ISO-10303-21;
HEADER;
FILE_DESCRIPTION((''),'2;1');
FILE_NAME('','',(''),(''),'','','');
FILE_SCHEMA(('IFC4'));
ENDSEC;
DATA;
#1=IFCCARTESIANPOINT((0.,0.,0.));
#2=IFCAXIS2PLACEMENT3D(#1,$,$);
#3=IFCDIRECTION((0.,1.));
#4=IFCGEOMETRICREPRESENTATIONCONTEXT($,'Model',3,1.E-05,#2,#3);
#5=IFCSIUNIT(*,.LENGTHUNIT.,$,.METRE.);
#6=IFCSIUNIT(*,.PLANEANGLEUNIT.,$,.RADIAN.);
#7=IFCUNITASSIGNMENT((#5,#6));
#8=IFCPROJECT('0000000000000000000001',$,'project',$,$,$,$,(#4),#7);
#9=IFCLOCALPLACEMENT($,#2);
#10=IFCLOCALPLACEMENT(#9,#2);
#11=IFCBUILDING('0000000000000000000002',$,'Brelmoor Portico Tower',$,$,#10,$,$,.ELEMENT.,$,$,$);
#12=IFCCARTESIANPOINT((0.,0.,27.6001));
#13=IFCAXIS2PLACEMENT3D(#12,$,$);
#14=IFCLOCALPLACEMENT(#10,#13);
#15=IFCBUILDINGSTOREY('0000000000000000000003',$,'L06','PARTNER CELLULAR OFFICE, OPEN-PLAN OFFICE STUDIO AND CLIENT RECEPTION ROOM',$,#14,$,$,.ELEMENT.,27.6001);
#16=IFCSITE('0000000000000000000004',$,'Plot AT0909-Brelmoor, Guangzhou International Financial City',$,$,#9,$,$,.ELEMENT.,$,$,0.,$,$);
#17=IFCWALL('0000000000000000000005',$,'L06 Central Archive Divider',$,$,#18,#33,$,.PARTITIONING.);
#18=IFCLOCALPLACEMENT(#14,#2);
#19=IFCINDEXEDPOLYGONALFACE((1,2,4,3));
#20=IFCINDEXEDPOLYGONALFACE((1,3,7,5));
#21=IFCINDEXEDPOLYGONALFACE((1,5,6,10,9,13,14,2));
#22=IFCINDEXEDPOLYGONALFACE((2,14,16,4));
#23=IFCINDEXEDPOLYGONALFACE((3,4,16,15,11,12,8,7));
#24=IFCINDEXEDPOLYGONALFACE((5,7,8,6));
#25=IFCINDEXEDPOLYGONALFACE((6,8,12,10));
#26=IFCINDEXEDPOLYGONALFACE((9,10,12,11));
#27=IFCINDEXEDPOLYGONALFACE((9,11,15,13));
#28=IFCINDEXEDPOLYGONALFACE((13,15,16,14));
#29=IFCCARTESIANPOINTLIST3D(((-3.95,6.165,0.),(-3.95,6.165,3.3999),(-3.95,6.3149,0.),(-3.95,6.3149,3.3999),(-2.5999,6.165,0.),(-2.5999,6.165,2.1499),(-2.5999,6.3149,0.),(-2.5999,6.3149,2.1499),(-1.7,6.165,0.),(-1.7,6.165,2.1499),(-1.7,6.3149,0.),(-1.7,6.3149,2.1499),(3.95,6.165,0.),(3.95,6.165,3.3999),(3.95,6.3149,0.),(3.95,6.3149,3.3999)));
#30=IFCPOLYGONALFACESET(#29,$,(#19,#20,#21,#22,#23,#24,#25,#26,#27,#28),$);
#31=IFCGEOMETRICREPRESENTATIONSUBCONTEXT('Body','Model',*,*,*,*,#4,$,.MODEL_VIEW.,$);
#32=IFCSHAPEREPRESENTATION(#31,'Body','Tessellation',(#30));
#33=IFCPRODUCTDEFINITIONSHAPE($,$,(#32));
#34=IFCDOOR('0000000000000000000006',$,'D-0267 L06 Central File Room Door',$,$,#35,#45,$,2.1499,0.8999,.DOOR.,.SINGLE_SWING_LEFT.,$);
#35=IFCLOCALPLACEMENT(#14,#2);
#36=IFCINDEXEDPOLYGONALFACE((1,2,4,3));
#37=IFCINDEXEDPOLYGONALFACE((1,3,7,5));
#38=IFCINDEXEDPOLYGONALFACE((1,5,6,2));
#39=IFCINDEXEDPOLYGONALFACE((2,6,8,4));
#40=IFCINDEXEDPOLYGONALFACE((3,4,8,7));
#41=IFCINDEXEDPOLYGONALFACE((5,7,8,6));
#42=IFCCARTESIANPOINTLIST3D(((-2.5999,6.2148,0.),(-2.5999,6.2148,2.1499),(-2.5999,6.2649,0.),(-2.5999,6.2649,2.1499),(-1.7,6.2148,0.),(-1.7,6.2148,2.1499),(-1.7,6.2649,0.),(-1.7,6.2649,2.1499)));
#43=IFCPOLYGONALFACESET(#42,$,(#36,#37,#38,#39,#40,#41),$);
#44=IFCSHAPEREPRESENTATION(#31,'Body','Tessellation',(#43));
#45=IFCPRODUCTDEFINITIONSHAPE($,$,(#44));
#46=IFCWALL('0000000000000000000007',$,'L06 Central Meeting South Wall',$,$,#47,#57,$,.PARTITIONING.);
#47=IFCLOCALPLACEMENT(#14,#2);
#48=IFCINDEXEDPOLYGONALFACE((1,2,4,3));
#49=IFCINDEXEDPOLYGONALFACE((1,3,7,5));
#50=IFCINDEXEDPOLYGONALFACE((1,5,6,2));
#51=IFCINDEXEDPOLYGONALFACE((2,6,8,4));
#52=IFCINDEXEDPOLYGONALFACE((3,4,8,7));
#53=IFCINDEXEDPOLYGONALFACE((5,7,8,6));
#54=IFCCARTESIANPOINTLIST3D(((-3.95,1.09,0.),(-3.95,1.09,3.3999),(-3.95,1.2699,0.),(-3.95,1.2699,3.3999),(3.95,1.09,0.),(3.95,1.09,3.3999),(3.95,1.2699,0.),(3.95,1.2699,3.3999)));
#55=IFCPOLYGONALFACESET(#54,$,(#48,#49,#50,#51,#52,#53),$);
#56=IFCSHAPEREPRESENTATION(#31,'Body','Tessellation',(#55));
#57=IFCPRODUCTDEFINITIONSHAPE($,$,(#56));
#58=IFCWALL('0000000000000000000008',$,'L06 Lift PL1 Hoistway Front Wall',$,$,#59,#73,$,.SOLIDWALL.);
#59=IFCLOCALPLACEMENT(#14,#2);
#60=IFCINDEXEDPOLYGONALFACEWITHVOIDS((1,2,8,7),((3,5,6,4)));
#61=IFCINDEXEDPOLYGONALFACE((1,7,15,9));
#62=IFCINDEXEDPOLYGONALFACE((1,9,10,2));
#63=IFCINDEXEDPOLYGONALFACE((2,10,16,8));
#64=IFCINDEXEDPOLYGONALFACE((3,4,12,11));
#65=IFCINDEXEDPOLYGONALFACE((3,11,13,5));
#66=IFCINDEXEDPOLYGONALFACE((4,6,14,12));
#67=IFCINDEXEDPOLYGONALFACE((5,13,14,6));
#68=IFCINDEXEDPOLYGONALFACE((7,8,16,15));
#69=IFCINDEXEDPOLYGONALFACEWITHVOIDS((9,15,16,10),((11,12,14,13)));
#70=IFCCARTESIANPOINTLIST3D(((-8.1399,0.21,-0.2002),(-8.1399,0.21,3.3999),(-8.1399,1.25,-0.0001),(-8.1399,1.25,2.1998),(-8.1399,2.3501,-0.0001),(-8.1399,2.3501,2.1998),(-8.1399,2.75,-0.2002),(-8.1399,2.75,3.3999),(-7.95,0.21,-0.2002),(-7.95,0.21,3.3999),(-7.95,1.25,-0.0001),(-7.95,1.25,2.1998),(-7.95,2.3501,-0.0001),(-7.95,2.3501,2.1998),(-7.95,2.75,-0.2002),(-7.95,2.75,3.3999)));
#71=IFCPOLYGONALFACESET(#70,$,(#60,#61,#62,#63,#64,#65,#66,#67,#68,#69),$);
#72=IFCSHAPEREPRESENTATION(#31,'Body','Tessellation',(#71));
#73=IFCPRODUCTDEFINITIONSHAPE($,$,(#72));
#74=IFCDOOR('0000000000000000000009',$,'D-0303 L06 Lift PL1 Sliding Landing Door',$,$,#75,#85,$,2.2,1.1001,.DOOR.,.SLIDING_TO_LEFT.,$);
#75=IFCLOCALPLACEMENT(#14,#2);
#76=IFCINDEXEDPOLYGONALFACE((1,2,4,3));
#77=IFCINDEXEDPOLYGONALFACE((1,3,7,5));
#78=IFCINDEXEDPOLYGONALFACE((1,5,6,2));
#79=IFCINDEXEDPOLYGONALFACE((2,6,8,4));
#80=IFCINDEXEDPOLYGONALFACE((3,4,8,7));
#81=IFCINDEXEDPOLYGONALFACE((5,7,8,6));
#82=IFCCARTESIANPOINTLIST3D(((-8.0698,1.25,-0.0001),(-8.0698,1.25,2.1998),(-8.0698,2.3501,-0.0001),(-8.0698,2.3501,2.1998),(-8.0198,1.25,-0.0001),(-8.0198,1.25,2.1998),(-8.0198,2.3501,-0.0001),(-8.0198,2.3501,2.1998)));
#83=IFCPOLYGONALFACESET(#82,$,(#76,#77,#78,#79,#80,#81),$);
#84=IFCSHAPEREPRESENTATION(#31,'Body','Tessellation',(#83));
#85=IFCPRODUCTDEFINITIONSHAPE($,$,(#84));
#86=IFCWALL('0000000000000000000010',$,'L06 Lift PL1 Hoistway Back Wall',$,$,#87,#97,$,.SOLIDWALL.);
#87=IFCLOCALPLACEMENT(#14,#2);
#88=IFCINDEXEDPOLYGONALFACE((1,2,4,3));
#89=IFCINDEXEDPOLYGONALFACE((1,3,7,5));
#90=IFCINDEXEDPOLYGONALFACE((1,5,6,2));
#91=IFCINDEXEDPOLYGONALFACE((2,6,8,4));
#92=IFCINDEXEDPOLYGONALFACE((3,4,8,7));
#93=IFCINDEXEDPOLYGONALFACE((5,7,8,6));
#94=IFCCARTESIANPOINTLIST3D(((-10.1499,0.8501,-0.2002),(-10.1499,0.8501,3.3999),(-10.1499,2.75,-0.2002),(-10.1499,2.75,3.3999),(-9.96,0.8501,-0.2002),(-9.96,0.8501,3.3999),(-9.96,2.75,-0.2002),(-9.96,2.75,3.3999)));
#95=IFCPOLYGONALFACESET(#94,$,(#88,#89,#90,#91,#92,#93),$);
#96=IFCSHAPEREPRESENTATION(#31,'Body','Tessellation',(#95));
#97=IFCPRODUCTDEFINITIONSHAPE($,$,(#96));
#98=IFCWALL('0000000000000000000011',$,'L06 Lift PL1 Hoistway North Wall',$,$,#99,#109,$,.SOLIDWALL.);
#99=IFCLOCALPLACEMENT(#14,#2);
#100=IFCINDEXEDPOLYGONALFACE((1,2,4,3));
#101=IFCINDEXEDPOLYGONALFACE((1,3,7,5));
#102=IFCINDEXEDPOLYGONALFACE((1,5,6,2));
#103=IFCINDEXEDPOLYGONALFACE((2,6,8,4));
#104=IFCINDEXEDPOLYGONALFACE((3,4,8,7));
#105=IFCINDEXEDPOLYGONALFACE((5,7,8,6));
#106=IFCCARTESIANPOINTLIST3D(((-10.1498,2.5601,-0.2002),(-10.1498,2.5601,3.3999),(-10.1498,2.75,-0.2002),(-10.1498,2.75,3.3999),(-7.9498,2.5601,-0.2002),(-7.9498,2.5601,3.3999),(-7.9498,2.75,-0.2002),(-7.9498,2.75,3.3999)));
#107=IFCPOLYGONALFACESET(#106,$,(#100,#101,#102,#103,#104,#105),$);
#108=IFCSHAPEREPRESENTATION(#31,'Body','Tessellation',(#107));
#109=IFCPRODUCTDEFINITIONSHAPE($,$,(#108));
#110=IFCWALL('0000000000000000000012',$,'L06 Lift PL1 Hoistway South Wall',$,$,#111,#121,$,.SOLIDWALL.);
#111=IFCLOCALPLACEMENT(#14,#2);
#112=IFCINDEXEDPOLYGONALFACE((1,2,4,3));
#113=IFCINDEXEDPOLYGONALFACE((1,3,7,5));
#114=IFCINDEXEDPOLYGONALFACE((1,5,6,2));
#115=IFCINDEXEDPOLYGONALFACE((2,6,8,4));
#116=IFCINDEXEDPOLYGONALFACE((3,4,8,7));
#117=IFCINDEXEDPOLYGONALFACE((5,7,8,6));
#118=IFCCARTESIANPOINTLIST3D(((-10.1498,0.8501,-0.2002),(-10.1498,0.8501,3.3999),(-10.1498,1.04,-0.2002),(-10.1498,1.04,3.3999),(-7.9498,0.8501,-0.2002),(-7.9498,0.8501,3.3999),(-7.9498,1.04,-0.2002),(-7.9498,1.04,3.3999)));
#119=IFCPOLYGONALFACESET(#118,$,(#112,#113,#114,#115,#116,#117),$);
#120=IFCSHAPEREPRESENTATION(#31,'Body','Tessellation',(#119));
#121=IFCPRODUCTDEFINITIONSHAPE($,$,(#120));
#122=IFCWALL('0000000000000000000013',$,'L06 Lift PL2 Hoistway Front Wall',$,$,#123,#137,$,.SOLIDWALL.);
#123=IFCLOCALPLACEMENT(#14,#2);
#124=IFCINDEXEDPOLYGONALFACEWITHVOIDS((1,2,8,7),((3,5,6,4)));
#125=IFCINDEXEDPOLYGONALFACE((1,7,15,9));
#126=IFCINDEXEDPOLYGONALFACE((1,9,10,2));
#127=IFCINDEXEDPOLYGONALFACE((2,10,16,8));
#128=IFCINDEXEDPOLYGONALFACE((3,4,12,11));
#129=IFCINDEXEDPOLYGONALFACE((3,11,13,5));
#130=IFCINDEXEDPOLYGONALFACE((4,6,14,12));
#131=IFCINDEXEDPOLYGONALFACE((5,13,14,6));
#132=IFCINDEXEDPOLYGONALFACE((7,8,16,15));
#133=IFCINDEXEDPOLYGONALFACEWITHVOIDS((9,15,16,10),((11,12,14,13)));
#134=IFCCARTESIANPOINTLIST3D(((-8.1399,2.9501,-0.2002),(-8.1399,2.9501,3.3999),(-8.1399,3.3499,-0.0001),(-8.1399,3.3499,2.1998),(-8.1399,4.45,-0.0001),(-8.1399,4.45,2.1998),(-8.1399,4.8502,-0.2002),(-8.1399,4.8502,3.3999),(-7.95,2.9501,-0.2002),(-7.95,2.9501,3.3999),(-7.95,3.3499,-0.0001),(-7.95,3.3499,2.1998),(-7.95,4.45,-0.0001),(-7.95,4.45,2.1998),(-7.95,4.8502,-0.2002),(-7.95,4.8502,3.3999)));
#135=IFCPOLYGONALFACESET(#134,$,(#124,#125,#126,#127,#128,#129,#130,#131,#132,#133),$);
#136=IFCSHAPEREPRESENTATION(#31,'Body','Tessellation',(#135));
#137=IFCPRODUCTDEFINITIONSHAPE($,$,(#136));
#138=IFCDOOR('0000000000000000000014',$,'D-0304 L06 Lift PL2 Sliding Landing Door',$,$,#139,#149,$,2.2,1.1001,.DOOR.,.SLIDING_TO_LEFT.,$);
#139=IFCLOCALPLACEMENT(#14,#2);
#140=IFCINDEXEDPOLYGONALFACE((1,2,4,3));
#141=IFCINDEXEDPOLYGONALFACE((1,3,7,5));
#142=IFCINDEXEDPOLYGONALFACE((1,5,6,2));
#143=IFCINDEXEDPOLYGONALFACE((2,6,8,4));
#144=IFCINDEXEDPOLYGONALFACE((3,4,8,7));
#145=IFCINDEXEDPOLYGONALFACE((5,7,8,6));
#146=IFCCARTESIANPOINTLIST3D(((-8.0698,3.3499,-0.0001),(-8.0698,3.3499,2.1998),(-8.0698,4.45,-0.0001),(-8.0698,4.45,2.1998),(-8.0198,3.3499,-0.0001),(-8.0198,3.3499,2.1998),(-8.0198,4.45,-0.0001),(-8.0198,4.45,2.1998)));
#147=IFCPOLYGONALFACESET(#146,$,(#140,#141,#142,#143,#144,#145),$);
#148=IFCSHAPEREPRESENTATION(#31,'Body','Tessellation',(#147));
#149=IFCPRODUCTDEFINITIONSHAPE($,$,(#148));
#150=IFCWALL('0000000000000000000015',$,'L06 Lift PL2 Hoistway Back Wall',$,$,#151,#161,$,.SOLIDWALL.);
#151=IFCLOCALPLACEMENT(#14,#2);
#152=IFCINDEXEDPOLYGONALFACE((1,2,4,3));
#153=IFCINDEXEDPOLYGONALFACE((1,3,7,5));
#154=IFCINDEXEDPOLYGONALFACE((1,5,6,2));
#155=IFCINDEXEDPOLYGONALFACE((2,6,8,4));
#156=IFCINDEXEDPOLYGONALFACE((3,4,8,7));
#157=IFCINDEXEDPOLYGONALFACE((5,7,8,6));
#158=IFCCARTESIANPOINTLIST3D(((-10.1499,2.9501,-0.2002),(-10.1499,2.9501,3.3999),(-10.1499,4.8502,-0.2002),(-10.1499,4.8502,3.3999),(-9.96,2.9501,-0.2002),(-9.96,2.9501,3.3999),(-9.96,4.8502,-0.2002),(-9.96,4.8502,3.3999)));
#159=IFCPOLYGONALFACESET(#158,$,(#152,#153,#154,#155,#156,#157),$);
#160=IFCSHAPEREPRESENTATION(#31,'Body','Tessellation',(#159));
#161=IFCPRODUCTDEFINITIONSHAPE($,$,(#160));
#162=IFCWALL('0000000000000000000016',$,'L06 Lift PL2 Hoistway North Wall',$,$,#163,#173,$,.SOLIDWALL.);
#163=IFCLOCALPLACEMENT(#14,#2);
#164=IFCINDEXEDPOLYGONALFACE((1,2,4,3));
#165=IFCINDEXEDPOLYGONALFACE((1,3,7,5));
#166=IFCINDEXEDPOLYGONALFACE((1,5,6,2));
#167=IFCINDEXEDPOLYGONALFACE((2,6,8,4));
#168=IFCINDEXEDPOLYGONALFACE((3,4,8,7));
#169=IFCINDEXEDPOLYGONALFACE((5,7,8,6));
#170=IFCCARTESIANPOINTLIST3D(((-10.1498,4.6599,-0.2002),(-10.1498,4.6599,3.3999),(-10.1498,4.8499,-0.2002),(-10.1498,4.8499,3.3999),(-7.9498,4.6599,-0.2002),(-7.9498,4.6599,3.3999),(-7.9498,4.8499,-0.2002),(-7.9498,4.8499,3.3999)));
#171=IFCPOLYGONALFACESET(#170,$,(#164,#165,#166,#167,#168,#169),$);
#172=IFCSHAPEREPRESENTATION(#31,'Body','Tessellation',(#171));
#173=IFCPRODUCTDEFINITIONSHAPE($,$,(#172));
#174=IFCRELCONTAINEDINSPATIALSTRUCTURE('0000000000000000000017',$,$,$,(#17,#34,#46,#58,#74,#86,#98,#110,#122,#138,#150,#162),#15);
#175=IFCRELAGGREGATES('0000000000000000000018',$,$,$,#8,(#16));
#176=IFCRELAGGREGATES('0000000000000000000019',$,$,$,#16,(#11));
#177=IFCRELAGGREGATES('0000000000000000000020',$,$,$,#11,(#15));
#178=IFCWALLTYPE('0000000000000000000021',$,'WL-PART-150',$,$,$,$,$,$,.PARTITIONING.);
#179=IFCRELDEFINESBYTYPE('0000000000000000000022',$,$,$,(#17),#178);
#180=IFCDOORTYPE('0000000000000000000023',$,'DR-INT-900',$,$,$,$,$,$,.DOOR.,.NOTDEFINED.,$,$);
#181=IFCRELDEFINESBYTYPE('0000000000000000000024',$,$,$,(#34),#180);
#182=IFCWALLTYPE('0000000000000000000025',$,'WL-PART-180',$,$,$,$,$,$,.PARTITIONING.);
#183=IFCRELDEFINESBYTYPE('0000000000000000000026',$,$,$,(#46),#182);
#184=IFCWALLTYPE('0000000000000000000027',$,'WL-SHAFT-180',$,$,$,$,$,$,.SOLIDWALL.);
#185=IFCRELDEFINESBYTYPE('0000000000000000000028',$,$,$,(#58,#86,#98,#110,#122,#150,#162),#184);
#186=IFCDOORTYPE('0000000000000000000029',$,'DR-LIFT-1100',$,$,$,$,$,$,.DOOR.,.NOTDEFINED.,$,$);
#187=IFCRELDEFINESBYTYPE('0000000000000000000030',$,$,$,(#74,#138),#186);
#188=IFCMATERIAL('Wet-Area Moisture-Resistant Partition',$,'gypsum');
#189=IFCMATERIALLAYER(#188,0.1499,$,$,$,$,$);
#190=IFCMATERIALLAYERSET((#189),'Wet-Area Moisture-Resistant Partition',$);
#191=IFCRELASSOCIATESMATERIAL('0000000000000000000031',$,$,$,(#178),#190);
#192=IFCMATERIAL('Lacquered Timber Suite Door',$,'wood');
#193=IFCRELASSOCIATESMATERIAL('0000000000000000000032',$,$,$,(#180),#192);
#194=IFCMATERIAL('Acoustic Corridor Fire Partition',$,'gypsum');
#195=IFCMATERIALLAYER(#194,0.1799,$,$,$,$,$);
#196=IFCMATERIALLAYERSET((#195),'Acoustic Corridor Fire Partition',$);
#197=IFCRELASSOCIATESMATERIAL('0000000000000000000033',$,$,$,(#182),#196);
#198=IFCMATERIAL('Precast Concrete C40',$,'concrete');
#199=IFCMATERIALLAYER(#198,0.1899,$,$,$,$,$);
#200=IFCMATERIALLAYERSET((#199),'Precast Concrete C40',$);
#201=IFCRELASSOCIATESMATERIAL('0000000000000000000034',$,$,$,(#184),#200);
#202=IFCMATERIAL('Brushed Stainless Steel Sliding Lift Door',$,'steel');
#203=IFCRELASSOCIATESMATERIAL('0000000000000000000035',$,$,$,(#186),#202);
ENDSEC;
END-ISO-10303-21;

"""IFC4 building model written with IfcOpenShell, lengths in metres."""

from ifc_helpers import new_model, si_unit, direction, frame, frame_2d, origin, place, context, subcontext, project, spatial, rectangle, extrude, material, layer, layer_set, type_object, element, fill, save


model = new_model("IFC4")

# Units and contexts
model_context = context("Model", 3, precision=1e-05, world=origin(), true_north=direction((0.0, 1.0)))
body_context = subcontext(model_context, "Body", "Model", "MODEL_VIEW")
ifc_project = project(units=[si_unit("LENGTHUNIT", "METRE"), si_unit("PLANEANGLEUNIT", "RADIAN")], contexts=[model_context])

# Site, building, storey
site_placement = place(None, origin())
site = spatial("IfcSite", under=ifc_project, at=site_placement, Name="Plot AT0909-Brelmoor, Guangzhou International Financial City", CompositionType="ELEMENT", RefElevation=0.0)
building_placement = place(site_placement, origin())
building = spatial("IfcBuilding", under=site, at=building_placement, Name="Brelmoor Portico Tower", CompositionType="ELEMENT")
storey_placement = place(building_placement, frame((0.0, 0.0, 27.6001)))
storey = spatial("IfcBuildingStorey", under=building, at=storey_placement, Name="L06", Description="PARTNER CELLULAR OFFICE, OPEN-PLAN OFFICE STUDIO AND CLIENT RECEPTION ROOM", CompositionType="ELEMENT", Elevation=27.6001)

# Wall, opening, door
ifc_material_1 = material(Name="Wet-Area Moisture-Resistant Partition", Category="gypsum")
ifc_layer_1 = layer(ifc_material_1, 0.1499)
ifc_layer_set_1 = layer_set([ifc_layer_1], Name="Wet-Area Moisture-Resistant Partition")
wall_type_1 = type_object("IfcWallType", Name="WL-PART-150", PredefinedType="PARTITIONING", material=ifc_layer_set_1)
wall_1_placement = place(storey_placement, frame((-3.95, 6.24, 0.0), z_axis=(0.0, 0.0, 1.0), x_axis=(1.0, 0.0, 0.0)))
wall_1 = element("IfcWall", 1, at=wall_1_placement, inside=storey, type_object=wall_type_1, Name="L06 Central Archive Divider", PredefinedType="PARTITIONING", context=body_context, shape_type="SweptSolid", body=[
    extrude(rectangle(XDim=7.8999, YDim=0.1499, at=frame_2d((3.95, 0.0))), origin(), (0.0, 0.0, 1.0), 3.3999),
])
opening_1_placement = place(wall_1_placement, frame((1.3501, 0.0, 0.0)))
opening_1 = element("IfcOpeningElement", 2, at=opening_1_placement, cuts=wall_1, PredefinedType="OPENING", context=body_context, shape_type="SweptSolid", body=[
    extrude(rectangle(XDim=0.8999, YDim=2.1499, at=frame_2d((0.45, 1.075))), frame((0.0, 0.085, 0.0), z_axis=(0.0, -1.0, 0.0), x_axis=(1.0, 0.0, 0.0)), (0.0, 0.0, 1.0), 0.1699),
])
ifc_material_2 = material(Name="Lacquered Timber Suite Door", Category="wood")
door_type_1 = type_object("IfcDoorType", Name="DR-INT-900", OperationType="NOTDEFINED", PredefinedType="DOOR", material=ifc_material_2)
door_1_placement = place(opening_1_placement, origin())
door_1 = element("IfcDoor", 3, at=door_1_placement, inside=storey, type_object=door_type_1, Name="D-0267 L06 Central File Room Door", OperationType="SINGLE_SWING_LEFT", OverallHeight=2.1499, OverallWidth=0.8999, PredefinedType="DOOR", context=body_context, shape_type="SweptSolid", body=[
    extrude(rectangle(XDim=0.8999, YDim=2.1499, at=frame_2d((0.45, 1.075))), frame((0.0, 0.0249, 0.0), z_axis=(0.0, -1.0, 0.0), x_axis=(1.0, 0.0, 0.0)), (0.0, 0.0, 1.0), 0.05),
])
fill(opening_1, door_1)

# Wall
ifc_material_3 = material(Name="Acoustic Corridor Fire Partition", Category="gypsum")
ifc_layer_2 = layer(ifc_material_3, 0.1799)
ifc_layer_set_2 = layer_set([ifc_layer_2], Name="Acoustic Corridor Fire Partition")
wall_type_2 = type_object("IfcWallType", Name="WL-PART-180", PredefinedType="PARTITIONING", material=ifc_layer_set_2)
wall_2_placement = place(storey_placement, frame((-3.95, 1.1799, 0.0), z_axis=(0.0, 0.0, 1.0), x_axis=(1.0, 0.0, 0.0)))
element("IfcWall", 4, at=wall_2_placement, inside=storey, type_object=wall_type_2, Name="L06 Central Meeting South Wall", PredefinedType="PARTITIONING", context=body_context, shape_type="SweptSolid", body=[
    extrude(rectangle(XDim=7.8999, YDim=0.1799, at=frame_2d((3.95, 0.0))), origin(), (0.0, 0.0, 1.0), 3.3999),
])

# Wall, opening, door
ifc_material_4 = material(Name="Precast Concrete C40", Category="concrete")
ifc_layer_3 = layer(ifc_material_4, 0.1899)
ifc_layer_set_3 = layer_set([ifc_layer_3], Name="Precast Concrete C40")
wall_type_3 = type_object("IfcWallType", Name="WL-SHAFT-180", PredefinedType="SOLIDWALL", material=ifc_layer_set_3)
wall_3_placement = place(storey_placement, frame((-8.0449, 0.21, -0.2002), z_axis=(0.0, 0.0, 1.0), x_axis=(0.0, 1.0, 0.0)))
wall_3 = element("IfcWall", 5, at=wall_3_placement, inside=storey, type_object=wall_type_3, Name="L06 Lift PL1 Hoistway Front Wall", PredefinedType="SOLIDWALL", context=body_context, shape_type="SweptSolid", body=[
    extrude(rectangle(XDim=2.54, YDim=0.1899, at=frame_2d((1.27, 0.0))), origin(), (0.0, 0.0, 1.0), 3.6001),
])
opening_2_placement = place(wall_3_placement, frame((1.04, 0.0, 0.2)))
opening_2 = element("IfcOpeningElement", 6, at=opening_2_placement, cuts=wall_3, PredefinedType="OPENING", context=body_context, shape_type="SweptSolid", body=[
    extrude(rectangle(XDim=1.1001, YDim=2.2, at=frame_2d((0.55, 1.1001))), frame((0.0, 0.105, 0.0), z_axis=(0.0, -1.0, 0.0), x_axis=(1.0, 0.0, 0.0)), (0.0, 0.0, 1.0), 0.21),
])
ifc_material_5 = material(Name="Brushed Stainless Steel Sliding Lift Door", Category="steel")
door_type_2 = type_object("IfcDoorType", Name="DR-LIFT-1100", OperationType="NOTDEFINED", PredefinedType="DOOR", material=ifc_material_5)
door_2_placement = place(opening_2_placement, origin())
door_2 = element("IfcDoor", 7, at=door_2_placement, inside=storey, type_object=door_type_2, Name="D-0303 L06 Lift PL1 Sliding Landing Door", OperationType="SLIDING_TO_LEFT", OverallHeight=2.2, OverallWidth=1.1001, PredefinedType="DOOR", context=body_context, shape_type="SweptSolid", body=[
    extrude(rectangle(XDim=1.1001, YDim=2.2, at=frame_2d((0.55, 1.1001))), frame((0.0, 0.0249, 0.0), z_axis=(0.0, -1.0, 0.0), x_axis=(1.0, 0.0, 0.0)), (0.0, 0.0, 1.0), 0.05),
])
fill(opening_2, door_2)

# Walls
wall_4_placement = place(storey_placement, frame((-10.0549, 0.8501, -0.2002), z_axis=(0.0, 0.0, 1.0), x_axis=(0.0, 1.0, 0.0)))
element("IfcWall", 8, at=wall_4_placement, inside=storey, type_object=wall_type_3, Name="L06 Lift PL1 Hoistway Back Wall", PredefinedType="SOLIDWALL", context=body_context, shape_type="SweptSolid", body=[
    extrude(rectangle(XDim=1.8999, YDim=0.1899, at=frame_2d((0.95, 0.0))), origin(), (0.0, 0.0, 1.0), 3.6001),
])
for number, where, z_axis, x_axis, name in (
    (9, (-10.1499, 2.655, -0.2002), (0.0, 0.0, 1.0), (1.0, 0.0, 0.0), "L06 Lift PL1 Hoistway North Wall"),
    (10, (-10.1499, 0.9451, -0.2002), (0.0, 0.0, 1.0), (1.0, 0.0, 0.0), "L06 Lift PL1 Hoistway South Wall"),
):
    element("IfcWall", number, at=place(storey_placement, frame(where, z_axis=z_axis, x_axis=x_axis)), inside=storey, type_object=wall_type_3, Name=name, PredefinedType="SOLIDWALL", context=body_context, shape_type="SweptSolid", body=[
        extrude(rectangle(XDim=2.2, YDim=0.1899, at=frame_2d((1.1001, 0.0))), origin(), (0.0, 0.0, 1.0), 3.6001),
    ])

# Wall, opening, door
wall_5_placement = place(storey_placement, frame((-8.0449, 2.95, -0.2002), z_axis=(0.0, 0.0, 1.0), x_axis=(0.0, 1.0, 0.0)))
wall_5 = element("IfcWall", 11, at=wall_5_placement, inside=storey, type_object=wall_type_3, Name="L06 Lift PL2 Hoistway Front Wall", PredefinedType="SOLIDWALL", context=body_context, shape_type="SweptSolid", body=[
    extrude(rectangle(XDim=1.9001, YDim=0.1899, at=frame_2d((0.9502, 0.0))), origin(), (0.0, 0.0, 1.0), 3.6001),
])
opening_3_placement = place(wall_5_placement, frame((0.3999, 0.0, 0.2)))
opening_3 = element("IfcOpeningElement", 12, at=opening_3_placement, cuts=wall_5, PredefinedType="OPENING", context=body_context, shape_type="SweptSolid", body=[
    extrude(rectangle(XDim=1.1001, YDim=2.2, at=frame_2d((0.55, 1.1001))), frame((0.0, 0.105, 0.0), z_axis=(0.0, -1.0, 0.0), x_axis=(1.0, 0.0, 0.0)), (0.0, 0.0, 1.0), 0.21),
])
door_3_placement = place(opening_3_placement, origin())
door_3 = element("IfcDoor", 13, at=door_3_placement, inside=storey, type_object=door_type_2, Name="D-0304 L06 Lift PL2 Sliding Landing Door", OperationType="SLIDING_TO_LEFT", OverallHeight=2.2, OverallWidth=1.1001, PredefinedType="DOOR", context=body_context, shape_type="SweptSolid", body=[
    extrude(rectangle(XDim=1.1001, YDim=2.2, at=frame_2d((0.55, 1.1001))), frame((0.0, 0.0249, 0.0), z_axis=(0.0, -1.0, 0.0), x_axis=(1.0, 0.0, 0.0)), (0.0, 0.0, 1.0), 0.05),
])
fill(opening_3, door_3)

# Walls
wall_6_placement = place(storey_placement, frame((-10.0549, 2.95, -0.2002), z_axis=(0.0, 0.0, 1.0), x_axis=(0.0, 1.0, 0.0)))
element("IfcWall", 14, at=wall_6_placement, inside=storey, type_object=wall_type_3, Name="L06 Lift PL2 Hoistway Back Wall", PredefinedType="SOLIDWALL", context=body_context, shape_type="SweptSolid", body=[
    extrude(rectangle(XDim=1.9001, YDim=0.1899, at=frame_2d((0.9502, 0.0))), origin(), (0.0, 0.0, 1.0), 3.6001),
])
for number, where, z_axis, x_axis, name in (
    (15, (-10.1499, 4.7549, -0.2002), (0.0, 0.0, 1.0), (1.0, 0.0, 0.0), "L06 Lift PL2 Hoistway North Wall"),
):
    element("IfcWall", number, at=place(storey_placement, frame(where, z_axis=z_axis, x_axis=x_axis)), inside=storey, type_object=wall_type_3, Name=name, PredefinedType="SOLIDWALL", context=body_context, shape_type="SweptSolid", body=[
        extrude(rectangle(XDim=2.2, YDim=0.1899, at=frame_2d((1.1001, 0.0))), origin(), (0.0, 0.0, 1.0), 3.6001),
    ])

save(model, "model.ifc")
